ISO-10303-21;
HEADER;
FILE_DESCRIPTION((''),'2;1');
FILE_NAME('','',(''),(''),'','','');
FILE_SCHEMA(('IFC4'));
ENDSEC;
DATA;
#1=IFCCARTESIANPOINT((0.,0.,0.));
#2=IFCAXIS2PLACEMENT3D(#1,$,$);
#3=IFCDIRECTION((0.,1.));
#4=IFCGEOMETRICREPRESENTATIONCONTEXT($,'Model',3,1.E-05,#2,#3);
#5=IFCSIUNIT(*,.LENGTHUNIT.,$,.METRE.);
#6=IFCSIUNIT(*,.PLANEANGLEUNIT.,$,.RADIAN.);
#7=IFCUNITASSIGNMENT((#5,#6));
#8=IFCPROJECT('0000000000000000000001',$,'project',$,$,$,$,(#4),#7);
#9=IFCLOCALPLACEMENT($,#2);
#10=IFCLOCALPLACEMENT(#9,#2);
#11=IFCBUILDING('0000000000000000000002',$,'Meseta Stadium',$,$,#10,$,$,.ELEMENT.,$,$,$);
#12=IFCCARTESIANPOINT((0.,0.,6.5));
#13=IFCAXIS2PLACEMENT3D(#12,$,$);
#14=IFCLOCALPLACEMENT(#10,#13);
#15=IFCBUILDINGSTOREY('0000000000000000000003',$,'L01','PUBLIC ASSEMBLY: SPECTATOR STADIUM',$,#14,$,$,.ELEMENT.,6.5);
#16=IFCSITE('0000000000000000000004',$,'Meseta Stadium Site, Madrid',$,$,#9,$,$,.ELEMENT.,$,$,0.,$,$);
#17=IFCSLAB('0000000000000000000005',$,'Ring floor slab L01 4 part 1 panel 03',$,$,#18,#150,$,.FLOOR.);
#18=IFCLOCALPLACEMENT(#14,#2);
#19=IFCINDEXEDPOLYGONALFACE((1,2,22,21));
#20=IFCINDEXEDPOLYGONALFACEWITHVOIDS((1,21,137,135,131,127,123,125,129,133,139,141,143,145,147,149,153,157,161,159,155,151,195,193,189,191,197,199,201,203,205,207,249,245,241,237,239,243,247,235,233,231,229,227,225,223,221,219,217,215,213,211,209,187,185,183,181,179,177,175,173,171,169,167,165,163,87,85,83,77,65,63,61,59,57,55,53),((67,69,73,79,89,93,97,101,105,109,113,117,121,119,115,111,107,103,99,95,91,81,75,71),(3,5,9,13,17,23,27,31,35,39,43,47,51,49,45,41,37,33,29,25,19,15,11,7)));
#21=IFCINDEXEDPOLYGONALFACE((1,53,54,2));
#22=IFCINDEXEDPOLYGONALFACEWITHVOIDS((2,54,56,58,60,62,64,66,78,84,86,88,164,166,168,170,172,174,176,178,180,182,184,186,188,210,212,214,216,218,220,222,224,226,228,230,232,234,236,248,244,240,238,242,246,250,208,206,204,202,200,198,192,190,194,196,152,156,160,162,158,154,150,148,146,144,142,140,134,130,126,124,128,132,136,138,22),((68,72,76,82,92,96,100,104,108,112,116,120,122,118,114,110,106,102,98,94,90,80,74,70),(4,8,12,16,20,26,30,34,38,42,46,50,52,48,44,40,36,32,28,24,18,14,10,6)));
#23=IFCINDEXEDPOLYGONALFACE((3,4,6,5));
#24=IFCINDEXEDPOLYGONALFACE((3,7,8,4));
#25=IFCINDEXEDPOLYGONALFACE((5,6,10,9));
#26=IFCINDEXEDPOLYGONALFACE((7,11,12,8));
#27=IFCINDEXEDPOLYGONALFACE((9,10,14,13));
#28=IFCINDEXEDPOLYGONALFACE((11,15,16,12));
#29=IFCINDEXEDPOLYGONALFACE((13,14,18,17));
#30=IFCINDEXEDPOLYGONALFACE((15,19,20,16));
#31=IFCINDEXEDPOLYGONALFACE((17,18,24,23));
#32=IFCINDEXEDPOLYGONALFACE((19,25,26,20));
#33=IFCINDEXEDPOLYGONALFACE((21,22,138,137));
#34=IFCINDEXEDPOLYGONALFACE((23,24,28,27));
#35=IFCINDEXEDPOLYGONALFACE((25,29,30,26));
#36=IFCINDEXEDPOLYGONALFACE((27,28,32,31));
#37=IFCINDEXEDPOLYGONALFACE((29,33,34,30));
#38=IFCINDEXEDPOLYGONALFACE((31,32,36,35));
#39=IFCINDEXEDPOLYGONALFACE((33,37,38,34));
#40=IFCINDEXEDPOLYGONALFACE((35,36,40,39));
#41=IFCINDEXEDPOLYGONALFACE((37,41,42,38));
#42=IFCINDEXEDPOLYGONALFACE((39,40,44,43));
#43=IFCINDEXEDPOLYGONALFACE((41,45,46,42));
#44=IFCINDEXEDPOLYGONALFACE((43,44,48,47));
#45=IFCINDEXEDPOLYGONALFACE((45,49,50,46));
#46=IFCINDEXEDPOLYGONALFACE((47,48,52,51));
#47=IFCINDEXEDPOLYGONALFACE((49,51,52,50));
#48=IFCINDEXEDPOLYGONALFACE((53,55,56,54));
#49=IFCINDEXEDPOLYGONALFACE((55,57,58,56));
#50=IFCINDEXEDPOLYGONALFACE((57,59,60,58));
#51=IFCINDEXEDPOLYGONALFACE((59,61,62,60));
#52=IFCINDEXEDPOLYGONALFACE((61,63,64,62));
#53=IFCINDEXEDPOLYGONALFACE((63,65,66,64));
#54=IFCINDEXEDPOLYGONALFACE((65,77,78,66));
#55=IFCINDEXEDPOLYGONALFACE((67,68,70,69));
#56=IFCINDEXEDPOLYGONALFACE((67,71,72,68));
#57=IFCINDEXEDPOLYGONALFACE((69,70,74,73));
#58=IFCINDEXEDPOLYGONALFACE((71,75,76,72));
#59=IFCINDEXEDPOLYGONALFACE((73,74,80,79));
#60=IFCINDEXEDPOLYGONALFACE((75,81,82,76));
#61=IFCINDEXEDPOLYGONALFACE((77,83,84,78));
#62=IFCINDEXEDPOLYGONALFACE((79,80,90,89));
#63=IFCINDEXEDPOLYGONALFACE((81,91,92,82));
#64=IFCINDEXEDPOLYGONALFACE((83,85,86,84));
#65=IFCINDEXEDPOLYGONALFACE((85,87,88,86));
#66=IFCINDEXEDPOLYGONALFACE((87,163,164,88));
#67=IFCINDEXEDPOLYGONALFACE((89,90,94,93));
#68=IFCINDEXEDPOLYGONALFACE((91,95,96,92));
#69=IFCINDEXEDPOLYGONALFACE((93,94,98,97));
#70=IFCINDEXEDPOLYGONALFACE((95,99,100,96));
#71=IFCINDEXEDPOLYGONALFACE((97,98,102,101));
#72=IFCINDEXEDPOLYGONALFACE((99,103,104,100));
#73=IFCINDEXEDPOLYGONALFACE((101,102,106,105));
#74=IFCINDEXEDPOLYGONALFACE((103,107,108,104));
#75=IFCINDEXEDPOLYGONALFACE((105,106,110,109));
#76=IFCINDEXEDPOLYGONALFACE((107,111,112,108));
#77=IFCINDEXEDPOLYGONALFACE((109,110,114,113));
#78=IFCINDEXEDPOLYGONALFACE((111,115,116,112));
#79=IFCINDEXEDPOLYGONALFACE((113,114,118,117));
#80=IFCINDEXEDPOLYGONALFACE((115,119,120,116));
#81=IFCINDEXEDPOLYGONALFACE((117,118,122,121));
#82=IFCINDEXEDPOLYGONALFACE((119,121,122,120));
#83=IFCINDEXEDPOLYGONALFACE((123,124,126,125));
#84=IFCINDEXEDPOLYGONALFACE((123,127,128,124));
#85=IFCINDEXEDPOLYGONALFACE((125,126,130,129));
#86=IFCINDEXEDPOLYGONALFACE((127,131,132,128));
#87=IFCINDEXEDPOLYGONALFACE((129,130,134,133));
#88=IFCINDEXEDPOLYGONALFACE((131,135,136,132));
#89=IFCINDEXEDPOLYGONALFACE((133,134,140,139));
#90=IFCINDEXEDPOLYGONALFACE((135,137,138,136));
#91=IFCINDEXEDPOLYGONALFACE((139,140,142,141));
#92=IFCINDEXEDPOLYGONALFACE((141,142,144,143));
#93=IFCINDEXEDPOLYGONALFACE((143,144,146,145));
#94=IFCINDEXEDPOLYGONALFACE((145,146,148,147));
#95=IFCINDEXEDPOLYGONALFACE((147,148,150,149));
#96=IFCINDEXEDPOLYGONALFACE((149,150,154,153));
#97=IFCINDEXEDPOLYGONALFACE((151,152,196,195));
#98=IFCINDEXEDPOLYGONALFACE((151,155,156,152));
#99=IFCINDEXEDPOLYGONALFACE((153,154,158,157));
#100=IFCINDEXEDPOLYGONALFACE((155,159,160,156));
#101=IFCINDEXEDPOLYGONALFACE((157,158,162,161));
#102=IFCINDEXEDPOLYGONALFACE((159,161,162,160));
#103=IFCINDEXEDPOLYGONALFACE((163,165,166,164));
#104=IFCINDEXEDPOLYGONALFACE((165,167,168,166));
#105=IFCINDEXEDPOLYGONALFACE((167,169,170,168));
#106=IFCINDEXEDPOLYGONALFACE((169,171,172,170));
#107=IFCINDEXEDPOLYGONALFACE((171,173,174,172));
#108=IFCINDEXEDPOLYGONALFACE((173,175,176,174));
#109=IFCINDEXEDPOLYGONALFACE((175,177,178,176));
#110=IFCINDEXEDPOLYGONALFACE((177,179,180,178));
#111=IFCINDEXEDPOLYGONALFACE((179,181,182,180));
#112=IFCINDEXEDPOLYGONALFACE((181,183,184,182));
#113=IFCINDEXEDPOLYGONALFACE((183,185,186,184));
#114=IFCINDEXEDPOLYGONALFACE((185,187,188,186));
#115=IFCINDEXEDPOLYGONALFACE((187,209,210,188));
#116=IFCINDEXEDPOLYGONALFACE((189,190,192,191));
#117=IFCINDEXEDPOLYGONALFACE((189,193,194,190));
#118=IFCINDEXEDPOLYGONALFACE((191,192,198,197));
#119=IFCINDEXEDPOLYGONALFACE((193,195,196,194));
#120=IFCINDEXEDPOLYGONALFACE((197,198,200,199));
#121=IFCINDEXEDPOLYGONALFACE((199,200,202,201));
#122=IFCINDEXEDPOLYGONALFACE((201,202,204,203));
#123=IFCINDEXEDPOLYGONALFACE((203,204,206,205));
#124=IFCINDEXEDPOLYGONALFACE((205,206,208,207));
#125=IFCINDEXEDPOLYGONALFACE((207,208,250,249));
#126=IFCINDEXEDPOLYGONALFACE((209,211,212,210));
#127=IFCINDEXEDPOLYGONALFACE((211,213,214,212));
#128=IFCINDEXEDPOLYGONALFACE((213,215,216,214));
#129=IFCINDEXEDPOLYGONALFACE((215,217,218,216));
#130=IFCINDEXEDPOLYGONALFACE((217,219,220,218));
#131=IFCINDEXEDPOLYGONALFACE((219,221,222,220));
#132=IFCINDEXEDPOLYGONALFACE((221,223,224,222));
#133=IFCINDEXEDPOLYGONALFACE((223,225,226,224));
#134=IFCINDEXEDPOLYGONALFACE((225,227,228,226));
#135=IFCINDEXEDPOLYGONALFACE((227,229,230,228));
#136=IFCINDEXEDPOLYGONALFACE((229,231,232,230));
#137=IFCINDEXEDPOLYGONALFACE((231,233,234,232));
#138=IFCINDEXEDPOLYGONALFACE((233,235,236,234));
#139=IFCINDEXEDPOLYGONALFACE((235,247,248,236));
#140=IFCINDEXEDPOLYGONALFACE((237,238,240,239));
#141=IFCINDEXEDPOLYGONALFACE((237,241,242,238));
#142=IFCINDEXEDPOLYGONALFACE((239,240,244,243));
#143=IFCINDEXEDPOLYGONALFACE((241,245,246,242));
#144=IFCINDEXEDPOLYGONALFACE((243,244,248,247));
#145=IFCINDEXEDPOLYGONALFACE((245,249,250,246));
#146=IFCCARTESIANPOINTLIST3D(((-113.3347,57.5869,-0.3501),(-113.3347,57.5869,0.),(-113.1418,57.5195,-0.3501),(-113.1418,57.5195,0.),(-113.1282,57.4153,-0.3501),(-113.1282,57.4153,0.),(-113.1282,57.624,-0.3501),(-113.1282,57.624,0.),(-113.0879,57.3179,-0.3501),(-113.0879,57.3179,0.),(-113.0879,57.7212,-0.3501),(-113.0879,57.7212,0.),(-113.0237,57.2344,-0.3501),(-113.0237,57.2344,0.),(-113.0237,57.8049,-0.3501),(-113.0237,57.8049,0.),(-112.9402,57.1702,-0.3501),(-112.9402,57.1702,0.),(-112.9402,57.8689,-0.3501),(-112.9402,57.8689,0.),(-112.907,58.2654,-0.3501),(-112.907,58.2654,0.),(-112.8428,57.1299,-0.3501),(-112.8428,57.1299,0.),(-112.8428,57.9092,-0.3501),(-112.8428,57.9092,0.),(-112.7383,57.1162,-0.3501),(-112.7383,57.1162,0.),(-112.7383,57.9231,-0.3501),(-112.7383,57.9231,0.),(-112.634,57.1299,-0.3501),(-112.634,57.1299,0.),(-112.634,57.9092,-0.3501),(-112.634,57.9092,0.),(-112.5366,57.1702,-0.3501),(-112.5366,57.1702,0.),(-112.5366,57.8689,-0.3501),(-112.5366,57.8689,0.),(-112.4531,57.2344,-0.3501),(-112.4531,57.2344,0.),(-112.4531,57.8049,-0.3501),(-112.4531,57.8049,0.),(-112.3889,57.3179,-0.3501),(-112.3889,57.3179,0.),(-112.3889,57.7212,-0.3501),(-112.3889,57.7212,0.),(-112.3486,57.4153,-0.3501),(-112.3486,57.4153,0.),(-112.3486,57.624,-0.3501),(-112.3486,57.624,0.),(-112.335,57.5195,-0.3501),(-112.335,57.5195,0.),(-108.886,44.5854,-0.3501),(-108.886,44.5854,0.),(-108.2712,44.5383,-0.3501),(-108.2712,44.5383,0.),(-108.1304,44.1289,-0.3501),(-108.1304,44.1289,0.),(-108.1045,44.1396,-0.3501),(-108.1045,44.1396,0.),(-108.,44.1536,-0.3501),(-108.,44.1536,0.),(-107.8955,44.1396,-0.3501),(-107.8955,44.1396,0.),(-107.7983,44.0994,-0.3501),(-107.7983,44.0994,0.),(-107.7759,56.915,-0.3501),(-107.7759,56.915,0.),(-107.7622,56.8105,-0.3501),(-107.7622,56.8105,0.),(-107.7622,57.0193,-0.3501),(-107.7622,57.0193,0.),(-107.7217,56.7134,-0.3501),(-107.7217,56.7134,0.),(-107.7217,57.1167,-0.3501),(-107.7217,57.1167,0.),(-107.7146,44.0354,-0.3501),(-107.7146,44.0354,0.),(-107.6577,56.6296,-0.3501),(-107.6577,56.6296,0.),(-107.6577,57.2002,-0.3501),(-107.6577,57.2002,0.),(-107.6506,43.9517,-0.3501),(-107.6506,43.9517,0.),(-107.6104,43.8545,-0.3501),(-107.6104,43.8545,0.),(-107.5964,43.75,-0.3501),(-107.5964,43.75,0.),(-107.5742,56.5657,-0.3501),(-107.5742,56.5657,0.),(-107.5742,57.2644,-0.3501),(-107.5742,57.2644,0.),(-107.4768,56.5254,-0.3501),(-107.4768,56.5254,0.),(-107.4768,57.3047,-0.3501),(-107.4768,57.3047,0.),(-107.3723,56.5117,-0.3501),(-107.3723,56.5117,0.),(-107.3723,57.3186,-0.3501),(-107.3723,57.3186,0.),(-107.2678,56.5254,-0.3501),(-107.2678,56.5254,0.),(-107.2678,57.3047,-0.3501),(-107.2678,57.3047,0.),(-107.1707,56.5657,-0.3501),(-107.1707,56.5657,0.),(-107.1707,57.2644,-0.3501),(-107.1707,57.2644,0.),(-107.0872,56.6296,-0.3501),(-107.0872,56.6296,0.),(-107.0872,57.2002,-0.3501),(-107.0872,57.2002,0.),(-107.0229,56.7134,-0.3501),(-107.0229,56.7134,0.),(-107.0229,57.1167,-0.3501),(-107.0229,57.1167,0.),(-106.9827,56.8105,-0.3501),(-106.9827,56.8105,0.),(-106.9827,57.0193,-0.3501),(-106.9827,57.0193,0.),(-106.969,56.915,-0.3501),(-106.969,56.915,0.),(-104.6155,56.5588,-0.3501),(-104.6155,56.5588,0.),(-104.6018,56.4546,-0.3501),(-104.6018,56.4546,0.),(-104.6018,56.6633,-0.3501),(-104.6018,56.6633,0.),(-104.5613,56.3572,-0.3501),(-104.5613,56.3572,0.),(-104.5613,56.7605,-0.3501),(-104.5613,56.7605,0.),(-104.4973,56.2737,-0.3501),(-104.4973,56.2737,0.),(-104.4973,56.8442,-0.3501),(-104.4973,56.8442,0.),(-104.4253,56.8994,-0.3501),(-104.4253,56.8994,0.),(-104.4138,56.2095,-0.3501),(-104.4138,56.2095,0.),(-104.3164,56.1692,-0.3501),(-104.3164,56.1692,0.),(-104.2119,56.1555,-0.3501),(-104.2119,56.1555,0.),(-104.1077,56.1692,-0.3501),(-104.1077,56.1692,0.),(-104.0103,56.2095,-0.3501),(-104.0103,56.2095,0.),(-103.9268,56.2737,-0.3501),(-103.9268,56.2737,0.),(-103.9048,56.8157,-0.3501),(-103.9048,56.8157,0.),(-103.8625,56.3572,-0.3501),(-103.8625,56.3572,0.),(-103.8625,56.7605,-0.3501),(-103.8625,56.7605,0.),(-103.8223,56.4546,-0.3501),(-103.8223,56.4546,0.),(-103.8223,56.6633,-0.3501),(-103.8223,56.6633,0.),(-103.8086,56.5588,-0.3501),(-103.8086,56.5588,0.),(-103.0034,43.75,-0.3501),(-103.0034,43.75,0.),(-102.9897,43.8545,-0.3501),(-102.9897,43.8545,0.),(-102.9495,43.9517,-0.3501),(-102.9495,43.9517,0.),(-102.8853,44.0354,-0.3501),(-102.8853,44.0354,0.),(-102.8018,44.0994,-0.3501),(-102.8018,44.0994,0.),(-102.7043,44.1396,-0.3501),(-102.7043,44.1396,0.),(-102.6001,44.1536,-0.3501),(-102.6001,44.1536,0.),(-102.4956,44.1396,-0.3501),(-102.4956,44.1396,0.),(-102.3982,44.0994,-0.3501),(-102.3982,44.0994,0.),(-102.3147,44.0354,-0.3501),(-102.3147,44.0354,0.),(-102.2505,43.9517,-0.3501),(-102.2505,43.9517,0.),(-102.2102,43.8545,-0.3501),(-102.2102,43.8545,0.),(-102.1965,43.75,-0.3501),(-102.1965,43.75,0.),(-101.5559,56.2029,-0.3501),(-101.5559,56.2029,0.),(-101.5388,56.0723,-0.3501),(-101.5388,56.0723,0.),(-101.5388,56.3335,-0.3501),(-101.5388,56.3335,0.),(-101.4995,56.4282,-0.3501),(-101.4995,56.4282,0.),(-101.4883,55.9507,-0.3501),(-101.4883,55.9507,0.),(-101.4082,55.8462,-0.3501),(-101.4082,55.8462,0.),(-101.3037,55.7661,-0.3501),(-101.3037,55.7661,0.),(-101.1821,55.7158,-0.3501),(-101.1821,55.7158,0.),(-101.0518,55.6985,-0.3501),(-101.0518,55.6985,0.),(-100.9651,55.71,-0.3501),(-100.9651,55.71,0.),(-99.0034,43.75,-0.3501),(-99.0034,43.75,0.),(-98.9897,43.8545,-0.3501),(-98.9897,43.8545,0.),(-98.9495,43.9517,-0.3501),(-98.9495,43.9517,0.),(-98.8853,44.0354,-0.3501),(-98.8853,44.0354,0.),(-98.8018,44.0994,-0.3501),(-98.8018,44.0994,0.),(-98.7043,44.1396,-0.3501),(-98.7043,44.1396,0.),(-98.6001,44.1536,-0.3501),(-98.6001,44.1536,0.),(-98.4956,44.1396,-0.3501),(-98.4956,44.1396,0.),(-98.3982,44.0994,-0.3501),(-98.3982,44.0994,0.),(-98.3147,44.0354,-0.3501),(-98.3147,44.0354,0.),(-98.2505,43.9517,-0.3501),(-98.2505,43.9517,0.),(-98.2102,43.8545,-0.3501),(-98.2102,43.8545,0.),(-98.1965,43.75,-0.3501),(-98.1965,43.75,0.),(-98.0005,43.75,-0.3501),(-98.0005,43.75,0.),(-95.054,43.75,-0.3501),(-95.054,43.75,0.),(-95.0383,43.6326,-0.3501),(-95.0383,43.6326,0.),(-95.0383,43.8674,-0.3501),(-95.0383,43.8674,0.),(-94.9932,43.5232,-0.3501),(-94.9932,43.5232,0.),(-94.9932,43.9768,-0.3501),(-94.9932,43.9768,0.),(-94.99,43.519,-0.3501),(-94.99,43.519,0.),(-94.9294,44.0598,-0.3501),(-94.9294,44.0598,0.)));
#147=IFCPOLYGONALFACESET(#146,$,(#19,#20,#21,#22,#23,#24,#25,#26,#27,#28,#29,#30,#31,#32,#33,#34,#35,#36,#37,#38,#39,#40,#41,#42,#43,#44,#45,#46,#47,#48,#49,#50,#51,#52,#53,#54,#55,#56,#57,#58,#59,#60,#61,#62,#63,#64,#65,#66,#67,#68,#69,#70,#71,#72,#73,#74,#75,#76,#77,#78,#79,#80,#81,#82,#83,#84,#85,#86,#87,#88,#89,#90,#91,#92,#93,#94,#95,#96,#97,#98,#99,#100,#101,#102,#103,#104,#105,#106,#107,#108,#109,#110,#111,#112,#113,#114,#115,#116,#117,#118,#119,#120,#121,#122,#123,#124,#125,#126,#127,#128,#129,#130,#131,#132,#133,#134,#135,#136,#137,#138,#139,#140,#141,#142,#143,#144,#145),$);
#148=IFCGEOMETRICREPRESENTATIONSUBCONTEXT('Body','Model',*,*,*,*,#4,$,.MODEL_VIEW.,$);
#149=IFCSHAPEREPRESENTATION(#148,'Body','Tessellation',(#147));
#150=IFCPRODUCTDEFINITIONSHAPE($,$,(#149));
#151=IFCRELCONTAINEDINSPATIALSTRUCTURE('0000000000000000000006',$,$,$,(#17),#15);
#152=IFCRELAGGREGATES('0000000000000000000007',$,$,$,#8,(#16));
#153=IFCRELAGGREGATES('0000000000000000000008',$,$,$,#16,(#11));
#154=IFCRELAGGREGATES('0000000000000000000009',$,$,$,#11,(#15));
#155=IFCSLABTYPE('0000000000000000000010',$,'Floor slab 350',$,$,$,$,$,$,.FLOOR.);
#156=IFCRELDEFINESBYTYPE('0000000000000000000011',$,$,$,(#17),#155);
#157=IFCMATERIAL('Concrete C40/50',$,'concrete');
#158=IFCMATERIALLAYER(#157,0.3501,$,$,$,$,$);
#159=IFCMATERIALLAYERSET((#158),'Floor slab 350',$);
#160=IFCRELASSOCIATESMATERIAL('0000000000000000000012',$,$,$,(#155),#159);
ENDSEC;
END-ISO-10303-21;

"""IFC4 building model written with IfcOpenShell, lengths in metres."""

from ifc_helpers import new_model, si_unit, direction, frame, origin, place, context, subcontext, project, spatial, polyline, outline, extrude, material, layer, layer_set, type_object, element, save


model = new_model("IFC4")

# Units and contexts
model_context = context("Model", 3, precision=1e-05, world=origin(), true_north=direction((0.0, 1.0)))
body_context = subcontext(model_context, "Body", "Model", "MODEL_VIEW")
ifc_project = project(units=[si_unit("LENGTHUNIT", "METRE"), si_unit("PLANEANGLEUNIT", "RADIAN")], contexts=[model_context])

# Site, building, storey
site_placement = place(None, origin())
site = spatial("IfcSite", under=ifc_project, at=site_placement, Name="Meseta Stadium Site, Madrid", CompositionType="ELEMENT", RefElevation=0.0)
building_placement = place(site_placement, origin())
building = spatial("IfcBuilding", under=site, at=building_placement, Name="Meseta Stadium", CompositionType="ELEMENT")
storey_placement = place(building_placement, frame((0.0, 0.0, 6.5)))
storey = spatial("IfcBuildingStorey", under=building, at=storey_placement, Name="L01", Description="PUBLIC ASSEMBLY: SPECTATOR STADIUM", CompositionType="ELEMENT", Elevation=6.5)

# Slab
ifc_material_1 = material(Name="Concrete C40/50", Category="concrete")
ifc_layer_1 = layer(ifc_material_1, 0.3501)
ifc_layer_set_1 = layer_set([ifc_layer_1], Name="Floor slab 350")
slab_type_1 = type_object("IfcSlabType", Name="Floor slab 350", PredefinedType="FLOOR", material=ifc_layer_set_1)
slab_1_placement = place(storey_placement, frame((0.0, 0.0, -0.3501)))
element("IfcSlab", 1, at=slab_1_placement, inside=storey, type_object=slab_type_1, Name="Ring floor slab L01 4 part 1 panel 03", PredefinedType="FLOOR", context=body_context, shape_type="SweptSolid", body=[
    extrude(outline(polyline([(-98.2102, 43.8545), (-98.1965, 43.75), (-98.0005, 43.75), (-94.99, 43.519), (-94.9932, 43.5232), (-95.0383, 43.6326), (-95.054, 43.75), (-95.0383, 43.8674), (-94.9932, 43.9768), (-94.9294, 44.0598), (-100.9651, 55.71), (-101.0518, 55.6985), (-101.1821, 55.7158), (-101.3037, 55.7661), (-101.4082, 55.8462), (-101.4883, 55.9507), (-101.5388, 56.0723), (-101.5559, 56.2029), (-101.5388, 56.3335), (-101.4995, 56.4282), (-103.9048, 56.8157), (-103.8625, 56.7605), (-103.8223, 56.6633), (-103.8086, 56.5588), (-103.8223, 56.4546), (-103.8625, 56.3572), (-103.9268, 56.2737), (-104.0103, 56.2095), (-104.1077, 56.1692), (-104.2119, 56.1555), (-104.3164, 56.1692), (-104.4138, 56.2095), (-104.4973, 56.2737), (-104.5613, 56.3572), (-104.6018, 56.4546), (-104.6155, 56.5588), (-104.6018, 56.6633), (-104.5613, 56.7605), (-104.4973, 56.8442), (-104.4253, 56.8994), (-112.907, 58.2654), (-113.3347, 57.5869), (-108.886, 44.5854), (-108.2712, 44.5383), (-108.1304, 44.1289), (-108.1045, 44.1396), (-108.0, 44.1536), (-107.8955, 44.1396), (-107.7983, 44.0994), (-107.7146, 44.0354), (-107.6506, 43.9517), (-107.6104, 43.8545), (-107.5964, 43.75), (-103.0034, 43.75), (-102.9897, 43.8545), (-102.9495, 43.9517), (-102.8853, 44.0354), (-102.8018, 44.0994), (-102.7043, 44.1396), (-102.6001, 44.1536), (-102.4956, 44.1396), (-102.3982, 44.0994), (-102.3147, 44.0354), (-102.2505, 43.9517), (-102.2102, 43.8545), (-102.1965, 43.75), (-99.0034, 43.75), (-98.9897, 43.8545), (-98.9495, 43.9517), (-98.8853, 44.0354), (-98.8018, 44.0994), (-98.7043, 44.1396), (-98.6001, 44.1536), (-98.4956, 44.1396), (-98.3982, 44.0994), (-98.3147, 44.0354), (-98.2505, 43.9517), (-98.2102, 43.8545)]), holes=[polyline([(-107.5742, 56.5657), (-107.6577, 56.6296), (-107.7217, 56.7134), (-107.7622, 56.8105), (-107.7759, 56.915), (-107.7622, 57.0193), (-107.7217, 57.1167), (-107.6577, 57.2002), (-107.5742, 57.2644), (-107.4768, 57.3047), (-107.3723, 57.3186), (-107.2678, 57.3047), (-107.1707, 57.2644), (-107.0872, 57.2002), (-107.0229, 57.1167), (-106.9827, 57.0193), (-106.969, 56.915), (-106.9827, 56.8105), (-107.0229, 56.7134), (-107.0872, 56.6296), (-107.1707, 56.5657), (-107.2678, 56.5254), (-107.3723, 56.5117), (-107.4768, 56.5254), (-107.5742, 56.5657)]), polyline([(-112.3486, 57.4153), (-112.3889, 57.3179), (-112.4531, 57.2344), (-112.5366, 57.1702), (-112.634, 57.1299), (-112.7383, 57.1162), (-112.8428, 57.1299), (-112.9402, 57.1702), (-113.0237, 57.2344), (-113.0879, 57.3179), (-113.1282, 57.4153), (-113.1418, 57.5195), (-113.1282, 57.624), (-113.0879, 57.7212), (-113.0237, 57.8049), (-112.9402, 57.8689), (-112.8428, 57.9092), (-112.7383, 57.9231), (-112.634, 57.9092), (-112.5366, 57.8689), (-112.4531, 57.8049), (-112.3889, 57.7212), (-112.3486, 57.624), (-112.335, 57.5195), (-112.3486, 57.4153)])]), origin(), (0.0, 0.0, 1.0), 0.3501),
])

save(model, "model.ifc")
